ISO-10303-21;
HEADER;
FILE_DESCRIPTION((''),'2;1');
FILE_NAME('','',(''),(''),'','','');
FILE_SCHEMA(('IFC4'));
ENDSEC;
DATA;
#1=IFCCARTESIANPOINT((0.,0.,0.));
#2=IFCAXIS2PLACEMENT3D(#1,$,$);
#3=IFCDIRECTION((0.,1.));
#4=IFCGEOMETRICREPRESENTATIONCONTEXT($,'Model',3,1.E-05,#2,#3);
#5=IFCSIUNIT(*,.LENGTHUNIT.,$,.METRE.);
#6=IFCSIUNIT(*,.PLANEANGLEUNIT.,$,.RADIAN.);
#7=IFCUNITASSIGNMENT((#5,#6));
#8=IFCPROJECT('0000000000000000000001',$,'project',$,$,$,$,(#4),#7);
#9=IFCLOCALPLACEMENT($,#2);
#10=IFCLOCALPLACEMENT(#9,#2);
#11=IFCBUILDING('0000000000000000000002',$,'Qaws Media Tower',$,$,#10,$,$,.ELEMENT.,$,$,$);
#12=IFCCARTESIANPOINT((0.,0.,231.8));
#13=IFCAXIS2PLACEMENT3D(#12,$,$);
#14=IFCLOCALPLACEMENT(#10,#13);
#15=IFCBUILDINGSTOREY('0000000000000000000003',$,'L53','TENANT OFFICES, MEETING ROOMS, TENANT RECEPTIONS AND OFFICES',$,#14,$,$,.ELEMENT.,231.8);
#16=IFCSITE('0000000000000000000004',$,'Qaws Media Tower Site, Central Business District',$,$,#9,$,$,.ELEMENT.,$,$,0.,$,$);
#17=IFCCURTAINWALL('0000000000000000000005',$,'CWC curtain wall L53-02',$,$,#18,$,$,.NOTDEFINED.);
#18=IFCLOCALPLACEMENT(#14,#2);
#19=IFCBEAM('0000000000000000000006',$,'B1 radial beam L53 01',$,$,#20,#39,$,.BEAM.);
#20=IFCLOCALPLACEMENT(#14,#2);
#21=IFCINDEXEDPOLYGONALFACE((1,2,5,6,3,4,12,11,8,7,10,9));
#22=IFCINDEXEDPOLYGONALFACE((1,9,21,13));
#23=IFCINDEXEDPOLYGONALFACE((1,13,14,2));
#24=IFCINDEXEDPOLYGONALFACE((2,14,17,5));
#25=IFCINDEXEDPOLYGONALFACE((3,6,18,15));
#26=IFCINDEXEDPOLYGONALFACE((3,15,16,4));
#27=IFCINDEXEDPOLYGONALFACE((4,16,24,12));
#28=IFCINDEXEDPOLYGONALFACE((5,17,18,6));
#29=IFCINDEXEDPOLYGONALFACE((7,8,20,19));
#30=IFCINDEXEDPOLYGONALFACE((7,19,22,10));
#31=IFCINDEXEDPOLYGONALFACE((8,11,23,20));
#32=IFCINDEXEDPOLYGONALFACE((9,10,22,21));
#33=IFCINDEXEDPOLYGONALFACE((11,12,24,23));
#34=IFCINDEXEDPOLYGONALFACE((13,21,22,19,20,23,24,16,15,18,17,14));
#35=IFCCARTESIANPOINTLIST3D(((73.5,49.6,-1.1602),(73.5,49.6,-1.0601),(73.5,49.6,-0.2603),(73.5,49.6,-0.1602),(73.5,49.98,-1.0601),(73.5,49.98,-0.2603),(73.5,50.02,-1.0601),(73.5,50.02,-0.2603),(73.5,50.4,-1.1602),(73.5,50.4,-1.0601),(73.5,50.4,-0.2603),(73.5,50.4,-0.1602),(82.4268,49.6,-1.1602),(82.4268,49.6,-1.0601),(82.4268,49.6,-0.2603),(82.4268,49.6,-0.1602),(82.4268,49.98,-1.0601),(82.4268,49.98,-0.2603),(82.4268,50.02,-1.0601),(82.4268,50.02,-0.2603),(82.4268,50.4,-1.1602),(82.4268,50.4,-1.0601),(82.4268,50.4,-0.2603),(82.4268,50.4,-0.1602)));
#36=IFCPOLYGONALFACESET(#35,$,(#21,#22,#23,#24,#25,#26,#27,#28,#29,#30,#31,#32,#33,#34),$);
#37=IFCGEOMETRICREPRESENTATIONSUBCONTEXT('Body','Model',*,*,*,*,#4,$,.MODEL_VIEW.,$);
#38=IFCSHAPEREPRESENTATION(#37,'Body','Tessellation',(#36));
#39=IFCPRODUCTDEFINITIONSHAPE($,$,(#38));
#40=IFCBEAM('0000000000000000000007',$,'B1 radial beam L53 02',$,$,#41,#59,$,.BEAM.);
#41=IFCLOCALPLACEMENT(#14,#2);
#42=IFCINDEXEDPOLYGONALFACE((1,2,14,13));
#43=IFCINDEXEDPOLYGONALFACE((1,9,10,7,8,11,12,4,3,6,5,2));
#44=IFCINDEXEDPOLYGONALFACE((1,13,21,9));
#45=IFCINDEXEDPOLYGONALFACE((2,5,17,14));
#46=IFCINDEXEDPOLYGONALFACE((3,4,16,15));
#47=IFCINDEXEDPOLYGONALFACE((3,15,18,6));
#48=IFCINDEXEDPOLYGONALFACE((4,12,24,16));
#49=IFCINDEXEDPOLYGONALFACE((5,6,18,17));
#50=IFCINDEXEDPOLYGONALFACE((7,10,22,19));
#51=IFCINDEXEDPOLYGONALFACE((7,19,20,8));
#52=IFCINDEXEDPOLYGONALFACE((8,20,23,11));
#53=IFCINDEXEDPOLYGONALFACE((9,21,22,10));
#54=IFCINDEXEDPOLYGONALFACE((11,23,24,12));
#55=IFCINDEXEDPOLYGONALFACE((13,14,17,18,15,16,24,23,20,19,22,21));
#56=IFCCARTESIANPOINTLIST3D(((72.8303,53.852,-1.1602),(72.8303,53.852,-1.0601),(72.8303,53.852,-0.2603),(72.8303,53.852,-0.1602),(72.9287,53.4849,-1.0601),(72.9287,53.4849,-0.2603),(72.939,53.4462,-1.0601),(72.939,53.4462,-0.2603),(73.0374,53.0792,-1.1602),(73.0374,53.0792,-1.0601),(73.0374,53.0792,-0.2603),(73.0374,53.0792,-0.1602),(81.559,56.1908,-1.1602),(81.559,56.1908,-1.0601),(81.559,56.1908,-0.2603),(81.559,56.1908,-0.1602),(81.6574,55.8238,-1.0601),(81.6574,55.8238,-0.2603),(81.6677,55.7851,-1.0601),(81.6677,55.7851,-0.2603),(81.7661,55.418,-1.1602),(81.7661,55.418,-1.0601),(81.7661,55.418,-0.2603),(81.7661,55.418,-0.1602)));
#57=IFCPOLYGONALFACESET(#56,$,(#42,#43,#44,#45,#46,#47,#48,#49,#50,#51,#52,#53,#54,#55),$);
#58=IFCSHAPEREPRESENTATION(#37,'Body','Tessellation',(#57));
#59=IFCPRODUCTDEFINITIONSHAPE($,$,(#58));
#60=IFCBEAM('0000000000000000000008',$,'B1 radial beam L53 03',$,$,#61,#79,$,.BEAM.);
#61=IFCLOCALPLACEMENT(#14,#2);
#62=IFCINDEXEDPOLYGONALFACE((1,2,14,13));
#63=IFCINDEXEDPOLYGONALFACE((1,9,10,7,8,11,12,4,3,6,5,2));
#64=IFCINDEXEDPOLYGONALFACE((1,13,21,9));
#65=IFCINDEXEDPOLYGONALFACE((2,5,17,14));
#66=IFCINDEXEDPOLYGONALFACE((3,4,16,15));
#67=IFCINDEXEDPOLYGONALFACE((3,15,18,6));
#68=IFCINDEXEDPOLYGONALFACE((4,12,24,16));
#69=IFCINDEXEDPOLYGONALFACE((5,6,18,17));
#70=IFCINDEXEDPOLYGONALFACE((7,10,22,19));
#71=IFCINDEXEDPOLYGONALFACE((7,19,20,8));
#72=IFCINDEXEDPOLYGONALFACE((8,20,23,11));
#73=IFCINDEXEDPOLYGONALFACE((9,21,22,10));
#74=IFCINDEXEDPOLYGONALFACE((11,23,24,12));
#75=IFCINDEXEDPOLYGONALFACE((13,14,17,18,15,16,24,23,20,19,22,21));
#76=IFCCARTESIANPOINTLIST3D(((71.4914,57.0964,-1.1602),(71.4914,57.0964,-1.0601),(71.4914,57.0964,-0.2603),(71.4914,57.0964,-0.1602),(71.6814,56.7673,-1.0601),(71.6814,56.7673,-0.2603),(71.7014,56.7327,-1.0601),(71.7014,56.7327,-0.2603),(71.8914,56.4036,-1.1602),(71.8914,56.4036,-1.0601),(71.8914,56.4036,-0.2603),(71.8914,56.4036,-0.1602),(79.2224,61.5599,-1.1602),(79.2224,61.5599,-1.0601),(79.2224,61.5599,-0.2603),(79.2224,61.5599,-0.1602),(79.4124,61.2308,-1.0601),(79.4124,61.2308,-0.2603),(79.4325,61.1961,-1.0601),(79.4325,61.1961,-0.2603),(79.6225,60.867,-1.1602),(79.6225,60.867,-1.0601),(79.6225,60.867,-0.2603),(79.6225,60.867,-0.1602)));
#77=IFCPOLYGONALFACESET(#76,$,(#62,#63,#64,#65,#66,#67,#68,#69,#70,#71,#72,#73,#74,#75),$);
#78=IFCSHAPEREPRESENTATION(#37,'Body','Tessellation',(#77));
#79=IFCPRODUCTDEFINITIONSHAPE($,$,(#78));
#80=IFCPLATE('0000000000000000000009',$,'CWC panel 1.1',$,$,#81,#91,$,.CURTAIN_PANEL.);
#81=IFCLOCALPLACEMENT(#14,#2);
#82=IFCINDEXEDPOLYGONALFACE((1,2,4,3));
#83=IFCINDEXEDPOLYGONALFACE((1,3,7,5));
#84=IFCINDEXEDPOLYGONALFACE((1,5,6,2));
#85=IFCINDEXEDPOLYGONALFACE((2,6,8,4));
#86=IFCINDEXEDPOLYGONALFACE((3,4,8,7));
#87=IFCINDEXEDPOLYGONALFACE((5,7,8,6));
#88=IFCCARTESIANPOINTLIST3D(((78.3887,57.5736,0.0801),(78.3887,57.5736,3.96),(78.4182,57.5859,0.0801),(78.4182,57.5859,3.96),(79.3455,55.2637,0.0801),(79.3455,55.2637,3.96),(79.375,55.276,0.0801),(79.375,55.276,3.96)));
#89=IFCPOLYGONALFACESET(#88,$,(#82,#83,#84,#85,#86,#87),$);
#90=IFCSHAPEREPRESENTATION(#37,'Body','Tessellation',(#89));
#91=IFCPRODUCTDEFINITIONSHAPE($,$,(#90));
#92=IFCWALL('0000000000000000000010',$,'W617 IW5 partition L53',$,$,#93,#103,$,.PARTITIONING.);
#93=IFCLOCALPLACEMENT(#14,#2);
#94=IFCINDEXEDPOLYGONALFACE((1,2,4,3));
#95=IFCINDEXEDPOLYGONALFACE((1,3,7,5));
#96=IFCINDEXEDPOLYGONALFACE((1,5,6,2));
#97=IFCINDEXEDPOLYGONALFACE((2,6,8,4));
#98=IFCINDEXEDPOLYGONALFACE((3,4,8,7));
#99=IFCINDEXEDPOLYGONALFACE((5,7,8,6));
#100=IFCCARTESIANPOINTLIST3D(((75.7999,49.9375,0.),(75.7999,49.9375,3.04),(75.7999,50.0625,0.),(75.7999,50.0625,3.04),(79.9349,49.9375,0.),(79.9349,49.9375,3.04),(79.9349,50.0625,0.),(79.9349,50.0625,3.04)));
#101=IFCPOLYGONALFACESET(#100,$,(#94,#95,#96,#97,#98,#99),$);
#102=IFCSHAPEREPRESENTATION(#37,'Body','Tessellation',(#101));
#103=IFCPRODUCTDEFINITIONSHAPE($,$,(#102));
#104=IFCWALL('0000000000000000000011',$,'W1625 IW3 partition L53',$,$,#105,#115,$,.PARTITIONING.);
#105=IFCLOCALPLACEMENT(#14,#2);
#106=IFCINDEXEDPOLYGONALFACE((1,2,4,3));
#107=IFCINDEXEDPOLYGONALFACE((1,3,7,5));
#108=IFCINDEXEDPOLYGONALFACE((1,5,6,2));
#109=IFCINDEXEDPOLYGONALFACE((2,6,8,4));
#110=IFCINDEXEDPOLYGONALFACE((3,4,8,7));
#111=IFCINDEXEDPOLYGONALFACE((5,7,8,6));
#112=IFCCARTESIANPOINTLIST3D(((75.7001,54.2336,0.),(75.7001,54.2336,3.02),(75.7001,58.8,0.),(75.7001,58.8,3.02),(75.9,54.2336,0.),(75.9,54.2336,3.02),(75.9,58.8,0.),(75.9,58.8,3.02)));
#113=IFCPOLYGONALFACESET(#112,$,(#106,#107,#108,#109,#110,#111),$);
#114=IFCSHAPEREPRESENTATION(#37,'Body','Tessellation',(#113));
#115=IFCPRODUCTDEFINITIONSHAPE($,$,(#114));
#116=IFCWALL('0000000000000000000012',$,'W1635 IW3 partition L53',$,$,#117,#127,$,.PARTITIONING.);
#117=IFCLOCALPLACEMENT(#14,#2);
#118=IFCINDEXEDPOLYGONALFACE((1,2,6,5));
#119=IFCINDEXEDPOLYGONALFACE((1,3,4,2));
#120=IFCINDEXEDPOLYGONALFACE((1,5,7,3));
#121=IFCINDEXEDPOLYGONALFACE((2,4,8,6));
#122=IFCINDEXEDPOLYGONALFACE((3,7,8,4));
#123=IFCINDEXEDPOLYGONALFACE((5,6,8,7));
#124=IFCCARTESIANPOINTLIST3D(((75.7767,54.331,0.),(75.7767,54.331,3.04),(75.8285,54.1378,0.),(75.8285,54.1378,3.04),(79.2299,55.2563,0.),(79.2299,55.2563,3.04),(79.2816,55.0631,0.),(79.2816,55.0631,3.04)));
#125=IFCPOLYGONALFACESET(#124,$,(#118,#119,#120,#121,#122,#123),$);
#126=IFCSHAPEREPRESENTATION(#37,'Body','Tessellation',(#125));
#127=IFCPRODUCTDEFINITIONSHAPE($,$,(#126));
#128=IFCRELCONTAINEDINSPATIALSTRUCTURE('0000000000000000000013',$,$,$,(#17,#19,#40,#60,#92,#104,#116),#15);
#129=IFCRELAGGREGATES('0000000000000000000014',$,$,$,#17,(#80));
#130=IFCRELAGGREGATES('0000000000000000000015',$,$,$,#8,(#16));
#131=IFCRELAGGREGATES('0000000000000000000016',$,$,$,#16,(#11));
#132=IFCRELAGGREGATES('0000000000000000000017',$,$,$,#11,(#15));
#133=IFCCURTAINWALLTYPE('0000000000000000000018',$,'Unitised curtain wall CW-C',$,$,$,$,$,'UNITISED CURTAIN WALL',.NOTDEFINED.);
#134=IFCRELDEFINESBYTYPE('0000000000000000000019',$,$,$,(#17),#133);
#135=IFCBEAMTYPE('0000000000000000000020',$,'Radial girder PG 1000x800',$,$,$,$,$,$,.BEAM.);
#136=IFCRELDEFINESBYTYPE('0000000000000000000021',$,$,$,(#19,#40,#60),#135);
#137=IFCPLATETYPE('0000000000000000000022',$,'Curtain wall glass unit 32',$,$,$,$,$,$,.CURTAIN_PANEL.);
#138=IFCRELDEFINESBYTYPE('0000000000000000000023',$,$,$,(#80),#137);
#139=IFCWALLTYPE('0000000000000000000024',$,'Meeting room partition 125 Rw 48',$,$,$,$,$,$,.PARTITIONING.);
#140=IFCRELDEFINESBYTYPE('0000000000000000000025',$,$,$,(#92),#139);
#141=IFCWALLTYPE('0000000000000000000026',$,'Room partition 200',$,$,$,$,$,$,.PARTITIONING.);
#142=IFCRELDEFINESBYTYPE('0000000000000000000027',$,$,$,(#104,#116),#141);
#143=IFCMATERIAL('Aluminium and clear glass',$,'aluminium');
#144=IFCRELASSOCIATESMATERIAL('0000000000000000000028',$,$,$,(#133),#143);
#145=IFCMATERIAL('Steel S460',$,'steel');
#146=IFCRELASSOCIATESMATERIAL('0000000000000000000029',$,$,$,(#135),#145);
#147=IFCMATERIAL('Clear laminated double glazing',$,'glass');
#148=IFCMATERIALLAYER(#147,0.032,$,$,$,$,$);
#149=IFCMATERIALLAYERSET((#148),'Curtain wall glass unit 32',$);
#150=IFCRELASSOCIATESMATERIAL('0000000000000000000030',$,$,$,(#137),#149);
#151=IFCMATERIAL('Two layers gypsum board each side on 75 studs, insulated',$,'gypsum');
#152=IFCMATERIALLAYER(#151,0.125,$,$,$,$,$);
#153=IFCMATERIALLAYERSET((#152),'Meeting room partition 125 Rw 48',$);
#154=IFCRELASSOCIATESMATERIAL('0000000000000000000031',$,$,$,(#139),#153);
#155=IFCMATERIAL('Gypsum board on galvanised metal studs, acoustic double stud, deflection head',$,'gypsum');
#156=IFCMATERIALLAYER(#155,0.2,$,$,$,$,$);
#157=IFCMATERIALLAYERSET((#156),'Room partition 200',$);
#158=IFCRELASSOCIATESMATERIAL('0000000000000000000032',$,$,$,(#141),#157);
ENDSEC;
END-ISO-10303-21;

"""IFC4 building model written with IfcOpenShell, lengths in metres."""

from ifc_helpers import new_model, si_unit, direction, frame, frame_2d, origin, origin_2d, place, context, subcontext, project, spatial, rectangle, i_section, extrude, material, layer, layer_set, material_profile, profile_set, type_object, element, aggregate, save


model = new_model("IFC4")

# Units and contexts
model_context = context("Model", 3, precision=1e-05, world=origin(), true_north=direction((0.0, 1.0)))
body_context = subcontext(model_context, "Body", "Model", "MODEL_VIEW")
ifc_project = project(units=[si_unit("LENGTHUNIT", "METRE"), si_unit("PLANEANGLEUNIT", "RADIAN")], contexts=[model_context])

# Site, building, storey
site_placement = place(None, origin())
site = spatial("IfcSite", under=ifc_project, at=site_placement, Name="Qaws Media Tower Site, Central Business District", CompositionType="ELEMENT", RefElevation=0.0)
building_placement = place(site_placement, origin())
building = spatial("IfcBuilding", under=site, at=building_placement, Name="Qaws Media Tower", CompositionType="ELEMENT")
storey_placement = place(building_placement, frame((0.0, 0.0, 231.8)))
storey = spatial("IfcBuildingStorey", under=building, at=storey_placement, Name="L53", Description="TENANT OFFICES, MEETING ROOMS, TENANT RECEPTIONS AND OFFICES", CompositionType="ELEMENT", Elevation=231.8)

# Curtain wall
ifc_material_1 = material(Name="Aluminium and clear glass", Category="aluminium")
curtain_wall_type = type_object("IfcCurtainWallType", Name="Unitised curtain wall CW-C", ElementType="UNITISED CURTAIN WALL", PredefinedType="NOTDEFINED", material=ifc_material_1)
curtain_wall_placement = place(storey_placement, origin())
curtain_wall = element("IfcCurtainWall", 1, at=curtain_wall_placement, inside=storey, type_object=curtain_wall_type, Name="CWC curtain wall L53-02", PredefinedType="NOTDEFINED")

# Beams
ifc_material_2 = material(Name="Steel S460", Category="steel")
ifc_material_profile_1 = material_profile(ifc_material_2, i_section(OverallWidth=0.8, OverallDepth=1.0, WebThickness=0.04, FlangeThickness=0.1001, at=origin_2d()), Name="PG 1000x800")
ifc_profile_set_1 = profile_set([ifc_material_profile_1], Name="Steel S460")
beam_type_1 = type_object("IfcBeamType", Name="Radial girder PG 1000x800", PredefinedType="BEAM", material=ifc_profile_set_1)
beam_1_placement = place(storey_placement, frame((73.5, 50.0, -0.6602), z_axis=(1.0, 0.0, 0.0), x_axis=(0.0, 1.0, 0.0)))
element("IfcBeam", 2, at=beam_1_placement, inside=storey, type_object=beam_type_1, Name="B1 radial beam L53 01", PredefinedType="BEAM", context=body_context, shape_type="SweptSolid", body=[
    extrude(i_section(OverallWidth=0.8, OverallDepth=1.0, WebThickness=0.04, FlangeThickness=0.1001, at=origin_2d()), origin(), (0.0, 0.0, 1.0), 8.9268),
])
beam_2_placement = place(storey_placement, frame((72.9338, 53.4656, -0.6602), z_axis=(0.965926, 0.258819, 0.0), x_axis=(-0.258819, 0.965926, 0.0)))
element("IfcBeam", 3, at=beam_2_placement, inside=storey, type_object=beam_type_1, Name="B1 radial beam L53 02", PredefinedType="BEAM", context=body_context, shape_type="SweptSolid", body=[
    extrude(i_section(OverallWidth=0.8, OverallDepth=1.0, WebThickness=0.04, FlangeThickness=0.1001, at=origin_2d()), origin(), (0.0, 0.0, 1.0), 9.0366),
])
beam_3_placement = place(storey_placement, frame((71.6914, 56.75, -0.6602), z_axis=(0.86603, 0.499992, 0.0), x_axis=(-0.499992, 0.86603, 0.0)))
element("IfcBeam", 4, at=beam_3_placement, inside=storey, type_object=beam_type_1, Name="B1 radial beam L53 03", PredefinedType="BEAM", context=body_context, shape_type="SweptSolid", body=[
    extrude(i_section(OverallWidth=0.8, OverallDepth=1.0, WebThickness=0.04, FlangeThickness=0.1001, at=origin_2d()), origin(), (0.0, 0.0, 1.0), 8.927),
])

# Plate
ifc_material_3 = material(Name="Clear laminated double glazing", Category="glass")
ifc_layer_1 = layer(ifc_material_3, 0.032)
ifc_layer_set_1 = layer_set([ifc_layer_1], Name="Curtain wall glass unit 32")
plate_type = type_object("IfcPlateType", Name="Curtain wall glass unit 32", PredefinedType="CURTAIN_PANEL", material=ifc_layer_set_1)
plate_placement = place(storey_placement, frame((78.8818, 56.4248, 0.0801), z_axis=(0.0, 0.0, 1.0), x_axis=(-0.382683, 0.92388, 0.0)))
plate = element("IfcPlate", 5, at=plate_placement, type_object=plate_type, Name="CWC panel 1.1", PredefinedType="CURTAIN_PANEL", context=body_context, shape_type="SweptSolid", body=[
    extrude(rectangle(XDim=2.5002, YDim=0.032, at=origin_2d()), origin(), (0.0, 0.0, 1.0), 3.8799),
])
aggregate(curtain_wall, [plate])

# Walls
ifc_material_4 = material(Name="Two layers gypsum board each side on 75 studs, insulated", Category="gypsum")
ifc_layer_2 = layer(ifc_material_4, 0.125)
ifc_layer_set_2 = layer_set([ifc_layer_2], Name="Meeting room partition 125 Rw 48")
wall_type_1 = type_object("IfcWallType", Name="Meeting room partition 125 Rw 48", PredefinedType="PARTITIONING", material=ifc_layer_set_2)
wall_1_placement = place(storey_placement, frame((75.8, 50.0, 0.0), z_axis=(0.0, 0.0, 1.0), x_axis=(1.0, 0.0, 0.0)))
element("IfcWall", 6, at=wall_1_placement, inside=storey, type_object=wall_type_1, Name="W617 IW5 partition L53", PredefinedType="PARTITIONING", context=body_context, shape_type="SweptSolid", body=[
    extrude(rectangle(XDim=4.135, YDim=0.125, at=frame_2d((2.0674, 0.0))), origin(), (0.0, 0.0, 1.0), 3.04),
])
ifc_material_5 = material(Name="Gypsum board on galvanised metal studs, acoustic double stud, deflection head", Category="gypsum")
ifc_layer_3 = layer(ifc_material_5, 0.2)
ifc_layer_set_3 = layer_set([ifc_layer_3], Name="Room partition 200")
wall_type_2 = type_object("IfcWallType", Name="Room partition 200", PredefinedType="PARTITIONING", material=ifc_layer_set_3)
wall_2_placement = place(storey_placement, frame((75.8, 58.8, 0.0), z_axis=(0.0, 0.0, 1.0), x_axis=(0.0, -1.0, 0.0)))
element("IfcWall", 7, at=wall_2_placement, inside=storey, type_object=wall_type_2, Name="W1625 IW3 partition L53", PredefinedType="PARTITIONING", context=body_context, shape_type="SweptSolid", body=[
    extrude(rectangle(XDim=4.5664, YDim=0.2, at=frame_2d((2.2832, 0.0))), origin(), (0.0, 0.0, 1.0), 3.02),
])

# Wall
wall_3_placement = place(storey_placement, frame((75.8025, 54.2344, 0.0), z_axis=(0.0, 0.0, 1.0), x_axis=(0.965924, 0.258827, 0.0)))
element("IfcWall", 8, at=wall_3_placement, inside=storey, type_object=wall_type_2, Name="W1635 IW3 partition L53", PredefinedType="PARTITIONING", context=body_context, shape_type="SweptSolid", body=[
    extrude(rectangle(XDim=3.575, YDim=0.2, at=frame_2d((1.7876, 0.0))), origin(), (0.0, 0.0, 1.0), 3.04),
])

save(model, "model.ifc")
